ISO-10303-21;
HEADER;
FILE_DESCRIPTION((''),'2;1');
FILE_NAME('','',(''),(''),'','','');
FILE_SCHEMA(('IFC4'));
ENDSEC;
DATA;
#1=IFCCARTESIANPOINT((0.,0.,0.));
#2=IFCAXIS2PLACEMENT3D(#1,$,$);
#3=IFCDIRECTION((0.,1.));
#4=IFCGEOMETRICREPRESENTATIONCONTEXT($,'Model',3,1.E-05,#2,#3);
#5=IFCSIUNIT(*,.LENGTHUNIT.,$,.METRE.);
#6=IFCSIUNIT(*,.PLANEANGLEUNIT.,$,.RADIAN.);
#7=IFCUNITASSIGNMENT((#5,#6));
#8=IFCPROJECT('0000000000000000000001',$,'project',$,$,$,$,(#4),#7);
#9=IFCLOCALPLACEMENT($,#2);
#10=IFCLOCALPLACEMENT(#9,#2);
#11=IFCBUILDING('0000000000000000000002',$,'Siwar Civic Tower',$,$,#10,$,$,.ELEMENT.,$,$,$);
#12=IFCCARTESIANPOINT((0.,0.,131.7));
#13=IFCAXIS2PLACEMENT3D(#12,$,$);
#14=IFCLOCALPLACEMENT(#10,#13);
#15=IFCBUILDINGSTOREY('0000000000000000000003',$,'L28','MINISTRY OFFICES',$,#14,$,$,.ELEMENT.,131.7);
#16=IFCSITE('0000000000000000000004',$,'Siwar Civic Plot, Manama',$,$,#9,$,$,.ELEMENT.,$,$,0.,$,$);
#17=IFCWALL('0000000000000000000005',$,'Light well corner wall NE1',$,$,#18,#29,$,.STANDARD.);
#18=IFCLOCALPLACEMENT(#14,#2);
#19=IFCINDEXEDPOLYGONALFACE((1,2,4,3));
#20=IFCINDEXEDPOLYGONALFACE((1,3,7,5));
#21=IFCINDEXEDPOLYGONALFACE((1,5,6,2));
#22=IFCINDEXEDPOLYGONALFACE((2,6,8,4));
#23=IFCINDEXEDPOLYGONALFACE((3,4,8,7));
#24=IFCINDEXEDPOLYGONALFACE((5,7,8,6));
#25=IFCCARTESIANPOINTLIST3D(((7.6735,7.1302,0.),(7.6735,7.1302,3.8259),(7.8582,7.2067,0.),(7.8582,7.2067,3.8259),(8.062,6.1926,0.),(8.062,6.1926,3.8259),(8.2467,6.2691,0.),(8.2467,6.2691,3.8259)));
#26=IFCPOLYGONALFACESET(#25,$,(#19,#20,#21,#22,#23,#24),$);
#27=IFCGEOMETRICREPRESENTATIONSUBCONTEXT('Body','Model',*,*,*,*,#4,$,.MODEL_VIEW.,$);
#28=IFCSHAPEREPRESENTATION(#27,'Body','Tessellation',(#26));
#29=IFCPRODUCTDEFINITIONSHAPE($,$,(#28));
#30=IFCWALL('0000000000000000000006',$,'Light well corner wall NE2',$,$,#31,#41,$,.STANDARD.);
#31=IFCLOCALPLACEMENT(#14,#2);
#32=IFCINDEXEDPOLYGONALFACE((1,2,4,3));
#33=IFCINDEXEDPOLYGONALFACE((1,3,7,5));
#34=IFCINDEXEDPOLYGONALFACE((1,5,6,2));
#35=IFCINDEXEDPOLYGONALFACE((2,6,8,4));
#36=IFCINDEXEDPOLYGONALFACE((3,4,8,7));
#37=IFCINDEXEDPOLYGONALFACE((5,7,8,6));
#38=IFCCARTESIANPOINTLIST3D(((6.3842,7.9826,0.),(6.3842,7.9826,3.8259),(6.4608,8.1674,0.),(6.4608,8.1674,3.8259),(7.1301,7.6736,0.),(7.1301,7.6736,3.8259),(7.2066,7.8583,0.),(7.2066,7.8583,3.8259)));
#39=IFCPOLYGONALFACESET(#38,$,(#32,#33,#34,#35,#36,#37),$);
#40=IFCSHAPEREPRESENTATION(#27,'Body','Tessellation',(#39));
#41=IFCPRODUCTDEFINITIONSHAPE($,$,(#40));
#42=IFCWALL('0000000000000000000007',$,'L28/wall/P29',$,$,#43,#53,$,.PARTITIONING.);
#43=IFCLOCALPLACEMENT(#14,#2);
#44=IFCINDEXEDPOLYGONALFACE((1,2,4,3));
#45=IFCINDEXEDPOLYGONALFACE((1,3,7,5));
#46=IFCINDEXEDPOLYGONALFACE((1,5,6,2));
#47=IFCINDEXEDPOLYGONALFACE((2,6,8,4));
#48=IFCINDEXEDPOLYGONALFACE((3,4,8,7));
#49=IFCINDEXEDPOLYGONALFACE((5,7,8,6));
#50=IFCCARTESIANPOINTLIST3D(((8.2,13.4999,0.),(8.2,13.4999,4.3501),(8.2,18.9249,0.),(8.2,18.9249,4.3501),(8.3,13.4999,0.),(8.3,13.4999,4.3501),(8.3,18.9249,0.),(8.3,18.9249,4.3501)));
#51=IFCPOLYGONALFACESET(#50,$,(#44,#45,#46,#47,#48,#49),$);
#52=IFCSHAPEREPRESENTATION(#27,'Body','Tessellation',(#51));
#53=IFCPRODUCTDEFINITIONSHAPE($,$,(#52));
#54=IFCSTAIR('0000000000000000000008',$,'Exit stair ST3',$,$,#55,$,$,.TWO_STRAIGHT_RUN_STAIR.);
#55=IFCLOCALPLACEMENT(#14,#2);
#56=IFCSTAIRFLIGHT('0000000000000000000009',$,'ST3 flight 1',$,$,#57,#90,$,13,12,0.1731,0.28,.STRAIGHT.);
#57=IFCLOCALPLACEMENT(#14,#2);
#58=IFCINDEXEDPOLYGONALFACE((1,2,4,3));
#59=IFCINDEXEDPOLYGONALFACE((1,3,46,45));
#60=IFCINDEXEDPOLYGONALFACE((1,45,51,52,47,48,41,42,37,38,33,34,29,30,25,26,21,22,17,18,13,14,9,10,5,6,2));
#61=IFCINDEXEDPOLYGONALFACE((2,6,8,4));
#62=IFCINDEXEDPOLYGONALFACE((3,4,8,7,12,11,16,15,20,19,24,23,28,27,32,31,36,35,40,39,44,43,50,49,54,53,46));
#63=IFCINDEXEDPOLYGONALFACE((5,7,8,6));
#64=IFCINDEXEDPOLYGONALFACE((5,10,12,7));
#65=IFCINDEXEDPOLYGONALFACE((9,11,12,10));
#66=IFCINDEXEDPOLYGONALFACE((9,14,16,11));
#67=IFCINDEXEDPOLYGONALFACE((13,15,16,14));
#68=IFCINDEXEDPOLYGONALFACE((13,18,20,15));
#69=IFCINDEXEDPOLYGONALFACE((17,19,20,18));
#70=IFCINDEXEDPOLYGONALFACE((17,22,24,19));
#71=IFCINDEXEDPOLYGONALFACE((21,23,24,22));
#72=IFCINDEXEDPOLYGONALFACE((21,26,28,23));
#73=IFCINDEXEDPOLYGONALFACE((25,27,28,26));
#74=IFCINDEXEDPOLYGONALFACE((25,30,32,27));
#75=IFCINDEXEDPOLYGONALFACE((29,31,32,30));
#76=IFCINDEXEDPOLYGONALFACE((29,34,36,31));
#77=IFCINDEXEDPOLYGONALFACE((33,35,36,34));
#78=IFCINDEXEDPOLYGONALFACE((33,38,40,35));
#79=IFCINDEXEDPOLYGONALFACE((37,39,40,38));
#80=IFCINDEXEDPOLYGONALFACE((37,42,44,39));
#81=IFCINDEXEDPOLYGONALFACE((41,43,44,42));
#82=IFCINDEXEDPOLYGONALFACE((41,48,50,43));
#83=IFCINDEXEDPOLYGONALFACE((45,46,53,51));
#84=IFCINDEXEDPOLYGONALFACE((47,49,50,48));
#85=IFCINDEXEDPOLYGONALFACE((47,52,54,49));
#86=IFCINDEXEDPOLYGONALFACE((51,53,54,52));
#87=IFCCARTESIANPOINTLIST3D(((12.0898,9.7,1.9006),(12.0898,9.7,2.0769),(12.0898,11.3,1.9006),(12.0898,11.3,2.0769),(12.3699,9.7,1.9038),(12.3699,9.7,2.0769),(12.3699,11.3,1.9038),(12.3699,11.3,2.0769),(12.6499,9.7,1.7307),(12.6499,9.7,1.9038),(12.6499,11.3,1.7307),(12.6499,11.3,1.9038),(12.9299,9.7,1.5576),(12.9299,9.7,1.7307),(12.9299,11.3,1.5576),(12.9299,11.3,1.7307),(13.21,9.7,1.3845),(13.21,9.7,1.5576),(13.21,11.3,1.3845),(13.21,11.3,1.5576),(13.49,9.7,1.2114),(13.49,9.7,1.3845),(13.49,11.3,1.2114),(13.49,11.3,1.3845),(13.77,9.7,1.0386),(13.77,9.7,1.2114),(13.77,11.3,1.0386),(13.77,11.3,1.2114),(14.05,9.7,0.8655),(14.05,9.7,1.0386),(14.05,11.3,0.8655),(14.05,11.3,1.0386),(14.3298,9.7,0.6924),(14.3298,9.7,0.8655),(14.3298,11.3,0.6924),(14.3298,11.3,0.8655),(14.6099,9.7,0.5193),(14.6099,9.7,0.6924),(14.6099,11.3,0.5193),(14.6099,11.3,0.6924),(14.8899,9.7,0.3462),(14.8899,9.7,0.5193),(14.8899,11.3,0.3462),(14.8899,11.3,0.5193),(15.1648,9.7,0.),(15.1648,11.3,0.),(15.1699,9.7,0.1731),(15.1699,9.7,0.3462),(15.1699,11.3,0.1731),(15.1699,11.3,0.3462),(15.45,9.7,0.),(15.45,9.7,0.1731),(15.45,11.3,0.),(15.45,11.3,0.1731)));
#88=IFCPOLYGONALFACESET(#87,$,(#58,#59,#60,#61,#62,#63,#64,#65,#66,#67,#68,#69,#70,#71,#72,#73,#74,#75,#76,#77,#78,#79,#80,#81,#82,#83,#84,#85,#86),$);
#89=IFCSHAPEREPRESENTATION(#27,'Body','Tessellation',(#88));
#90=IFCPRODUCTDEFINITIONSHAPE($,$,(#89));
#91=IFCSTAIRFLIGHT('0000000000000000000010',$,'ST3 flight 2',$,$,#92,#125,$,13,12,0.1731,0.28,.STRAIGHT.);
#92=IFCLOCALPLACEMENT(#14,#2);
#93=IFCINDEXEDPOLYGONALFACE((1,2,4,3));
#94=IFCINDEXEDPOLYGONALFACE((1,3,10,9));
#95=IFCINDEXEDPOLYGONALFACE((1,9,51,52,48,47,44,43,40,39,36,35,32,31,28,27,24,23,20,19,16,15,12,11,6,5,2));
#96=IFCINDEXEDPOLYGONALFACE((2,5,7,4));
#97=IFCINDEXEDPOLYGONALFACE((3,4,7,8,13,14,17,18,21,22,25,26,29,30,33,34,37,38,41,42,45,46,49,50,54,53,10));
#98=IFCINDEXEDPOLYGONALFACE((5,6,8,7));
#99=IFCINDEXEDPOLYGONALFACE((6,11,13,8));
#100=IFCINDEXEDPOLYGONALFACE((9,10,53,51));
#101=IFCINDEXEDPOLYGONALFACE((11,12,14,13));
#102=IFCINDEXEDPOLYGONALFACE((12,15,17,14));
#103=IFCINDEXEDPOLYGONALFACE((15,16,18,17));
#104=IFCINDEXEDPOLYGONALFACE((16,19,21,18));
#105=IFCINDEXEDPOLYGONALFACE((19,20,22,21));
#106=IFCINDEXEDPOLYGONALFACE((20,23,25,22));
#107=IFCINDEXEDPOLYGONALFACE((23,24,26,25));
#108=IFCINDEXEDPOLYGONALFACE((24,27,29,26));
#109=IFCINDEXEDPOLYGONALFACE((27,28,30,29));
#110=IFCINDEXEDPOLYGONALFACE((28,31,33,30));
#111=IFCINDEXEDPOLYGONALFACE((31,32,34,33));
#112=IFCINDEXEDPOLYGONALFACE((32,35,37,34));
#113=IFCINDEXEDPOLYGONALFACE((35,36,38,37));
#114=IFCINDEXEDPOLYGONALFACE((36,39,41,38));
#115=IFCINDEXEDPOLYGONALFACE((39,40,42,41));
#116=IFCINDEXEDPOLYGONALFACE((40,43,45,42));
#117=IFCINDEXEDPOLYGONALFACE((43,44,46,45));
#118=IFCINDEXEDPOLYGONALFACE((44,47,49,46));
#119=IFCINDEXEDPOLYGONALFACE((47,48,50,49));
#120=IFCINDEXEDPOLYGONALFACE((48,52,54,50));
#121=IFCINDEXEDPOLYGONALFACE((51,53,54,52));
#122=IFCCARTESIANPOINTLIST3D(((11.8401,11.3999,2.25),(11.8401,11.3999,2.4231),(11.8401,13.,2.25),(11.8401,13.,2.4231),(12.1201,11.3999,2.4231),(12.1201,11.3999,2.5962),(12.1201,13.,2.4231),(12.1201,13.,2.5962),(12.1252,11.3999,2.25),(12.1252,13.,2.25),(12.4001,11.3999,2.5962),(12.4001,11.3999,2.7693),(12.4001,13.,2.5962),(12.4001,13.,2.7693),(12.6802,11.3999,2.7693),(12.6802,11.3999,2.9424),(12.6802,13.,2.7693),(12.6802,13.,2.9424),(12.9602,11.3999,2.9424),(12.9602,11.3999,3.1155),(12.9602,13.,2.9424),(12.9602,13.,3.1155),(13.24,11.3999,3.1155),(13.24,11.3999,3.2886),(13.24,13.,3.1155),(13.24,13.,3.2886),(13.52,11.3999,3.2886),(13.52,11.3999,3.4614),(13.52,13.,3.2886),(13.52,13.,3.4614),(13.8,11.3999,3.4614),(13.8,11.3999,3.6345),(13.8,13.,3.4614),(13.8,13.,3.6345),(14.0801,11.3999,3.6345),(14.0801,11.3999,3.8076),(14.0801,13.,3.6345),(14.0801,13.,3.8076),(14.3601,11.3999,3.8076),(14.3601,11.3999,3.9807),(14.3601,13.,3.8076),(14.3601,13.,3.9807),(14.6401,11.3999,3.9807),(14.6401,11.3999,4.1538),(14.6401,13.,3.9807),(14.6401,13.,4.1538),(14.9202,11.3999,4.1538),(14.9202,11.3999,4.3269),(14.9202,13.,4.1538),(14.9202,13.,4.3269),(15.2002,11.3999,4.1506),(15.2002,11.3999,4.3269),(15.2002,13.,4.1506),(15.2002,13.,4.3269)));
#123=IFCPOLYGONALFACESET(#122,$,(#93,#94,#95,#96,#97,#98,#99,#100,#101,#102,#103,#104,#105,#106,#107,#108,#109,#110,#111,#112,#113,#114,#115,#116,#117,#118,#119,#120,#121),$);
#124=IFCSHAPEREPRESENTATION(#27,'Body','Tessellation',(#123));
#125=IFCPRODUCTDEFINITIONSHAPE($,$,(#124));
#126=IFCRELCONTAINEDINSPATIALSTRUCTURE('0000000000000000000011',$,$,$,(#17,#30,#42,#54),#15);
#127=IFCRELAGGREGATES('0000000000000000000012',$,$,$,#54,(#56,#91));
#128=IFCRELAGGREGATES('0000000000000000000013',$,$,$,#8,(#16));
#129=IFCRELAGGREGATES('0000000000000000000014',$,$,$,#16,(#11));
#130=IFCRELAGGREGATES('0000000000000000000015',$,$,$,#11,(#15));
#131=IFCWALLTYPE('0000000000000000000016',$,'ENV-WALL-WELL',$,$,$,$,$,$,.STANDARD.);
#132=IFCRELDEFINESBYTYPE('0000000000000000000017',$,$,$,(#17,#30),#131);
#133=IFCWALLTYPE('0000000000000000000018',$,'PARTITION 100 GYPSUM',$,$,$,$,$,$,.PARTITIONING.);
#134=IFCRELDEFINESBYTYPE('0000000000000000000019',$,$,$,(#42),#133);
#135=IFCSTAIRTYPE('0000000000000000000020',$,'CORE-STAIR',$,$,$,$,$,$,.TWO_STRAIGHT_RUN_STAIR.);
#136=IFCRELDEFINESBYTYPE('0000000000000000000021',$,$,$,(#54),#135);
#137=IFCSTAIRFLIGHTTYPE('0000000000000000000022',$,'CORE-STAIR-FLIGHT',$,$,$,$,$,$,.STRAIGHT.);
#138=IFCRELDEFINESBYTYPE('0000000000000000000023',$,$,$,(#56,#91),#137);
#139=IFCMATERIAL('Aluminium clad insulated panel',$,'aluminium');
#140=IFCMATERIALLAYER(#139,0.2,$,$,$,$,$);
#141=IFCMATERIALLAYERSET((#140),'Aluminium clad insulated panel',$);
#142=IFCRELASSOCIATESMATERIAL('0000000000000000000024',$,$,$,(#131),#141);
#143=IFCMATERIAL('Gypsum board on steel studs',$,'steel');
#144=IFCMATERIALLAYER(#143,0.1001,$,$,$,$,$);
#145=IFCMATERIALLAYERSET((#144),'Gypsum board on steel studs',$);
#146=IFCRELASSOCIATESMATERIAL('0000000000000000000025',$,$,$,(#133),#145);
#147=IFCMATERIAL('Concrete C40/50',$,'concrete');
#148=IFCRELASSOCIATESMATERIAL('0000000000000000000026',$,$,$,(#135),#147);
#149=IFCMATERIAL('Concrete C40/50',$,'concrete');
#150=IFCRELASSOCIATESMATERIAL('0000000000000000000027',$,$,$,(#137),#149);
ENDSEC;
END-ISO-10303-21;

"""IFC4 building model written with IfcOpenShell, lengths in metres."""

from ifc_helpers import new_model, si_unit, direction, frame, frame_2d, origin, place, context, subcontext, project, spatial, polyline, rectangle, outline, extrude, material, layer, layer_set, type_object, element, aggregate, save


model = new_model("IFC4")

# Units and contexts
model_context = context("Model", 3, precision=1e-05, world=origin(), true_north=direction((0.0, 1.0)))
body_context = subcontext(model_context, "Body", "Model", "MODEL_VIEW")
ifc_project = project(units=[si_unit("LENGTHUNIT", "METRE"), si_unit("PLANEANGLEUNIT", "RADIAN")], contexts=[model_context])

# Site, building, storey
site_placement = place(None, origin())
site = spatial("IfcSite", under=ifc_project, at=site_placement, Name="Siwar Civic Plot, Manama", CompositionType="ELEMENT", RefElevation=0.0)
building_placement = place(site_placement, origin())
building = spatial("IfcBuilding", under=site, at=building_placement, Name="Siwar Civic Tower", CompositionType="ELEMENT")
storey_placement = place(building_placement, frame((0.0, 0.0, 131.7)))
storey = spatial("IfcBuildingStorey", under=building, at=storey_placement, Name="L28", Description="MINISTRY OFFICES", CompositionType="ELEMENT", Elevation=131.7)

# Walls
ifc_material_1 = material(Name="Aluminium clad insulated panel", Category="aluminium")
ifc_layer_1 = layer(ifc_material_1, 0.2)
ifc_layer_set_1 = layer_set([ifc_layer_1], Name="Aluminium clad insulated panel")
wall_type_1 = type_object("IfcWallType", Name="ENV-WALL-WELL", PredefinedType="STANDARD", material=ifc_layer_set_1)
wall_1_placement = place(storey_placement, frame((8.1543, 6.231, 0.0), z_axis=(0.0, 0.0, 1.0), x_axis=(-0.38277, 0.923844, 0.0)))
element("IfcWall", 1, at=wall_1_placement, inside=storey, type_object=wall_type_1, Name="Light well corner wall NE1", PredefinedType="STANDARD", context=body_context, shape_type="SweptSolid", body=[
    extrude(rectangle(XDim=1.0149, YDim=0.2, at=frame_2d((0.5073, 0.0))), origin(), (0.0, 0.0, 1.0), 3.8259),
])
wall_2_placement = place(storey_placement, frame((7.1685, 7.7659, 0.0), z_axis=(0.0, 0.0, 1.0), x_axis=(-0.923818, 0.382833, 0.0)))
element("IfcWall", 2, at=wall_2_placement, inside=storey, type_object=wall_type_1, Name="Light well corner wall NE2", PredefinedType="STANDARD", context=body_context, shape_type="SweptSolid", body=[
    extrude(rectangle(XDim=0.8074, YDim=0.2, at=frame_2d((0.4038, 0.0))), origin(), (0.0, 0.0, 1.0), 3.8259),
])
ifc_material_2 = material(Name="Gypsum board on steel studs", Category="steel")
ifc_layer_2 = layer(ifc_material_2, 0.1001)
ifc_layer_set_2 = layer_set([ifc_layer_2], Name="Gypsum board on steel studs")
wall_type_2 = type_object("IfcWallType", Name="PARTITION 100 GYPSUM", PredefinedType="PARTITIONING", material=ifc_layer_set_2)
wall_3_placement = place(storey_placement, frame((8.25, 13.5, 0.0), z_axis=(0.0, 0.0, 1.0), x_axis=(0.0, 1.0, 0.0)))
element("IfcWall", 3, at=wall_3_placement, inside=storey, type_object=wall_type_2, Name="L28/wall/P29", PredefinedType="PARTITIONING", context=body_context, shape_type="SweptSolid", body=[
    extrude(rectangle(XDim=5.425, YDim=0.1001, at=frame_2d((2.7124, 0.0))), origin(), (0.0, 0.0, 1.0), 4.3501),
])

# Stair, stair flights
ifc_material_3 = material(Name="Concrete C40/50", Category="concrete")
stair_type = type_object("IfcStairType", Name="CORE-STAIR", PredefinedType="TWO_STRAIGHT_RUN_STAIR", material=ifc_material_3)
stair_placement = place(storey_placement, origin())
stair = element("IfcStair", 4, at=stair_placement, inside=storey, type_object=stair_type, Name="Exit stair ST3", PredefinedType="TWO_STRAIGHT_RUN_STAIR")
ifc_material_4 = material(Name="Concrete C40/50", Category="concrete")
stair_flight_type = type_object("IfcStairFlightType", Name="CORE-STAIR-FLIGHT", PredefinedType="STRAIGHT", material=ifc_material_4)
stair_flight_1_placement = place(storey_placement, frame((15.45, 10.5, 0.0), z_axis=(0.0, 0.0, 1.0), x_axis=(-1.0, 0.0, 0.0)))
stair_flight_1 = element("IfcStairFlight", 5, at=stair_flight_1_placement, type_object=stair_flight_type, Name="ST3 flight 1", NumberOfRisers=13, NumberOfTreads=12, PredefinedType="STRAIGHT", RiserHeight=0.1731, TreadLength=0.28, context=body_context, shape_type="SweptSolid", body=[
    extrude(outline(polyline([(0.0, 0.0), (0.0, 0.1731), (0.28, 0.1731), (0.28, 0.3462), (0.5601, 0.3462), (0.5601, 0.5193), (0.8401, 0.5193), (0.8401, 0.6924), (1.1201, 0.6924), (1.1201, 0.8655), (1.3999, 0.8655), (1.3999, 1.0386), (1.6799, 1.0386), (1.6799, 1.2114), (1.96, 1.2114), (1.96, 1.3845), (2.24, 1.3845), (2.24, 1.5576), (2.52, 1.5576), (2.52, 1.7307), (2.8, 1.7307), (2.8, 1.9038), (3.0801, 1.9038), (3.0801, 2.0769), (3.3601, 2.0769), (3.3601, 2.25), (3.3601, 1.9006), (0.2852, 0.0), (0.0, 0.0)])), frame((0.0, 0.8, 0.0), z_axis=(0.0, -1.0, 0.0), x_axis=(1.0, 0.0, 0.0)), (0.0, 0.0, 1.0), 1.6001),
])
stair_flight_2_placement = place(storey_placement, frame((11.8401, 12.2, 2.25), z_axis=(0.0, 0.0, 1.0), x_axis=(1.0, 0.0, 0.0)))
stair_flight_2 = element("IfcStairFlight", 6, at=stair_flight_2_placement, type_object=stair_flight_type, Name="ST3 flight 2", NumberOfRisers=13, NumberOfTreads=12, PredefinedType="STRAIGHT", RiserHeight=0.1731, TreadLength=0.28, context=body_context, shape_type="SweptSolid", body=[
    extrude(outline(polyline([(0.0, 0.0), (0.0, 0.1731), (0.28, 0.1731), (0.28, 0.3462), (0.5601, 0.3462), (0.5601, 0.5193), (0.8401, 0.5193), (0.8401, 0.6924), (1.1201, 0.6924), (1.1201, 0.8655), (1.3999, 0.8655), (1.3999, 1.0386), (1.6799, 1.0386), (1.6799, 1.2114), (1.96, 1.2114), (1.96, 1.3845), (2.24, 1.3845), (2.24, 1.5576), (2.52, 1.5576), (2.52, 1.7307), (2.8, 1.7307), (2.8, 1.9038), (3.0801, 1.9038), (3.0801, 2.0769), (3.3601, 2.0769), (3.3601, 2.25), (3.3601, 1.9006), (0.2852, 0.0), (0.0, 0.0)])), frame((0.0, 0.8, 0.0), z_axis=(0.0, -1.0, 0.0), x_axis=(1.0, 0.0, 0.0)), (0.0, 0.0, 1.0), 1.6001),
])
aggregate(stair, [stair_flight_1, stair_flight_2])

save(model, "model.ifc")
